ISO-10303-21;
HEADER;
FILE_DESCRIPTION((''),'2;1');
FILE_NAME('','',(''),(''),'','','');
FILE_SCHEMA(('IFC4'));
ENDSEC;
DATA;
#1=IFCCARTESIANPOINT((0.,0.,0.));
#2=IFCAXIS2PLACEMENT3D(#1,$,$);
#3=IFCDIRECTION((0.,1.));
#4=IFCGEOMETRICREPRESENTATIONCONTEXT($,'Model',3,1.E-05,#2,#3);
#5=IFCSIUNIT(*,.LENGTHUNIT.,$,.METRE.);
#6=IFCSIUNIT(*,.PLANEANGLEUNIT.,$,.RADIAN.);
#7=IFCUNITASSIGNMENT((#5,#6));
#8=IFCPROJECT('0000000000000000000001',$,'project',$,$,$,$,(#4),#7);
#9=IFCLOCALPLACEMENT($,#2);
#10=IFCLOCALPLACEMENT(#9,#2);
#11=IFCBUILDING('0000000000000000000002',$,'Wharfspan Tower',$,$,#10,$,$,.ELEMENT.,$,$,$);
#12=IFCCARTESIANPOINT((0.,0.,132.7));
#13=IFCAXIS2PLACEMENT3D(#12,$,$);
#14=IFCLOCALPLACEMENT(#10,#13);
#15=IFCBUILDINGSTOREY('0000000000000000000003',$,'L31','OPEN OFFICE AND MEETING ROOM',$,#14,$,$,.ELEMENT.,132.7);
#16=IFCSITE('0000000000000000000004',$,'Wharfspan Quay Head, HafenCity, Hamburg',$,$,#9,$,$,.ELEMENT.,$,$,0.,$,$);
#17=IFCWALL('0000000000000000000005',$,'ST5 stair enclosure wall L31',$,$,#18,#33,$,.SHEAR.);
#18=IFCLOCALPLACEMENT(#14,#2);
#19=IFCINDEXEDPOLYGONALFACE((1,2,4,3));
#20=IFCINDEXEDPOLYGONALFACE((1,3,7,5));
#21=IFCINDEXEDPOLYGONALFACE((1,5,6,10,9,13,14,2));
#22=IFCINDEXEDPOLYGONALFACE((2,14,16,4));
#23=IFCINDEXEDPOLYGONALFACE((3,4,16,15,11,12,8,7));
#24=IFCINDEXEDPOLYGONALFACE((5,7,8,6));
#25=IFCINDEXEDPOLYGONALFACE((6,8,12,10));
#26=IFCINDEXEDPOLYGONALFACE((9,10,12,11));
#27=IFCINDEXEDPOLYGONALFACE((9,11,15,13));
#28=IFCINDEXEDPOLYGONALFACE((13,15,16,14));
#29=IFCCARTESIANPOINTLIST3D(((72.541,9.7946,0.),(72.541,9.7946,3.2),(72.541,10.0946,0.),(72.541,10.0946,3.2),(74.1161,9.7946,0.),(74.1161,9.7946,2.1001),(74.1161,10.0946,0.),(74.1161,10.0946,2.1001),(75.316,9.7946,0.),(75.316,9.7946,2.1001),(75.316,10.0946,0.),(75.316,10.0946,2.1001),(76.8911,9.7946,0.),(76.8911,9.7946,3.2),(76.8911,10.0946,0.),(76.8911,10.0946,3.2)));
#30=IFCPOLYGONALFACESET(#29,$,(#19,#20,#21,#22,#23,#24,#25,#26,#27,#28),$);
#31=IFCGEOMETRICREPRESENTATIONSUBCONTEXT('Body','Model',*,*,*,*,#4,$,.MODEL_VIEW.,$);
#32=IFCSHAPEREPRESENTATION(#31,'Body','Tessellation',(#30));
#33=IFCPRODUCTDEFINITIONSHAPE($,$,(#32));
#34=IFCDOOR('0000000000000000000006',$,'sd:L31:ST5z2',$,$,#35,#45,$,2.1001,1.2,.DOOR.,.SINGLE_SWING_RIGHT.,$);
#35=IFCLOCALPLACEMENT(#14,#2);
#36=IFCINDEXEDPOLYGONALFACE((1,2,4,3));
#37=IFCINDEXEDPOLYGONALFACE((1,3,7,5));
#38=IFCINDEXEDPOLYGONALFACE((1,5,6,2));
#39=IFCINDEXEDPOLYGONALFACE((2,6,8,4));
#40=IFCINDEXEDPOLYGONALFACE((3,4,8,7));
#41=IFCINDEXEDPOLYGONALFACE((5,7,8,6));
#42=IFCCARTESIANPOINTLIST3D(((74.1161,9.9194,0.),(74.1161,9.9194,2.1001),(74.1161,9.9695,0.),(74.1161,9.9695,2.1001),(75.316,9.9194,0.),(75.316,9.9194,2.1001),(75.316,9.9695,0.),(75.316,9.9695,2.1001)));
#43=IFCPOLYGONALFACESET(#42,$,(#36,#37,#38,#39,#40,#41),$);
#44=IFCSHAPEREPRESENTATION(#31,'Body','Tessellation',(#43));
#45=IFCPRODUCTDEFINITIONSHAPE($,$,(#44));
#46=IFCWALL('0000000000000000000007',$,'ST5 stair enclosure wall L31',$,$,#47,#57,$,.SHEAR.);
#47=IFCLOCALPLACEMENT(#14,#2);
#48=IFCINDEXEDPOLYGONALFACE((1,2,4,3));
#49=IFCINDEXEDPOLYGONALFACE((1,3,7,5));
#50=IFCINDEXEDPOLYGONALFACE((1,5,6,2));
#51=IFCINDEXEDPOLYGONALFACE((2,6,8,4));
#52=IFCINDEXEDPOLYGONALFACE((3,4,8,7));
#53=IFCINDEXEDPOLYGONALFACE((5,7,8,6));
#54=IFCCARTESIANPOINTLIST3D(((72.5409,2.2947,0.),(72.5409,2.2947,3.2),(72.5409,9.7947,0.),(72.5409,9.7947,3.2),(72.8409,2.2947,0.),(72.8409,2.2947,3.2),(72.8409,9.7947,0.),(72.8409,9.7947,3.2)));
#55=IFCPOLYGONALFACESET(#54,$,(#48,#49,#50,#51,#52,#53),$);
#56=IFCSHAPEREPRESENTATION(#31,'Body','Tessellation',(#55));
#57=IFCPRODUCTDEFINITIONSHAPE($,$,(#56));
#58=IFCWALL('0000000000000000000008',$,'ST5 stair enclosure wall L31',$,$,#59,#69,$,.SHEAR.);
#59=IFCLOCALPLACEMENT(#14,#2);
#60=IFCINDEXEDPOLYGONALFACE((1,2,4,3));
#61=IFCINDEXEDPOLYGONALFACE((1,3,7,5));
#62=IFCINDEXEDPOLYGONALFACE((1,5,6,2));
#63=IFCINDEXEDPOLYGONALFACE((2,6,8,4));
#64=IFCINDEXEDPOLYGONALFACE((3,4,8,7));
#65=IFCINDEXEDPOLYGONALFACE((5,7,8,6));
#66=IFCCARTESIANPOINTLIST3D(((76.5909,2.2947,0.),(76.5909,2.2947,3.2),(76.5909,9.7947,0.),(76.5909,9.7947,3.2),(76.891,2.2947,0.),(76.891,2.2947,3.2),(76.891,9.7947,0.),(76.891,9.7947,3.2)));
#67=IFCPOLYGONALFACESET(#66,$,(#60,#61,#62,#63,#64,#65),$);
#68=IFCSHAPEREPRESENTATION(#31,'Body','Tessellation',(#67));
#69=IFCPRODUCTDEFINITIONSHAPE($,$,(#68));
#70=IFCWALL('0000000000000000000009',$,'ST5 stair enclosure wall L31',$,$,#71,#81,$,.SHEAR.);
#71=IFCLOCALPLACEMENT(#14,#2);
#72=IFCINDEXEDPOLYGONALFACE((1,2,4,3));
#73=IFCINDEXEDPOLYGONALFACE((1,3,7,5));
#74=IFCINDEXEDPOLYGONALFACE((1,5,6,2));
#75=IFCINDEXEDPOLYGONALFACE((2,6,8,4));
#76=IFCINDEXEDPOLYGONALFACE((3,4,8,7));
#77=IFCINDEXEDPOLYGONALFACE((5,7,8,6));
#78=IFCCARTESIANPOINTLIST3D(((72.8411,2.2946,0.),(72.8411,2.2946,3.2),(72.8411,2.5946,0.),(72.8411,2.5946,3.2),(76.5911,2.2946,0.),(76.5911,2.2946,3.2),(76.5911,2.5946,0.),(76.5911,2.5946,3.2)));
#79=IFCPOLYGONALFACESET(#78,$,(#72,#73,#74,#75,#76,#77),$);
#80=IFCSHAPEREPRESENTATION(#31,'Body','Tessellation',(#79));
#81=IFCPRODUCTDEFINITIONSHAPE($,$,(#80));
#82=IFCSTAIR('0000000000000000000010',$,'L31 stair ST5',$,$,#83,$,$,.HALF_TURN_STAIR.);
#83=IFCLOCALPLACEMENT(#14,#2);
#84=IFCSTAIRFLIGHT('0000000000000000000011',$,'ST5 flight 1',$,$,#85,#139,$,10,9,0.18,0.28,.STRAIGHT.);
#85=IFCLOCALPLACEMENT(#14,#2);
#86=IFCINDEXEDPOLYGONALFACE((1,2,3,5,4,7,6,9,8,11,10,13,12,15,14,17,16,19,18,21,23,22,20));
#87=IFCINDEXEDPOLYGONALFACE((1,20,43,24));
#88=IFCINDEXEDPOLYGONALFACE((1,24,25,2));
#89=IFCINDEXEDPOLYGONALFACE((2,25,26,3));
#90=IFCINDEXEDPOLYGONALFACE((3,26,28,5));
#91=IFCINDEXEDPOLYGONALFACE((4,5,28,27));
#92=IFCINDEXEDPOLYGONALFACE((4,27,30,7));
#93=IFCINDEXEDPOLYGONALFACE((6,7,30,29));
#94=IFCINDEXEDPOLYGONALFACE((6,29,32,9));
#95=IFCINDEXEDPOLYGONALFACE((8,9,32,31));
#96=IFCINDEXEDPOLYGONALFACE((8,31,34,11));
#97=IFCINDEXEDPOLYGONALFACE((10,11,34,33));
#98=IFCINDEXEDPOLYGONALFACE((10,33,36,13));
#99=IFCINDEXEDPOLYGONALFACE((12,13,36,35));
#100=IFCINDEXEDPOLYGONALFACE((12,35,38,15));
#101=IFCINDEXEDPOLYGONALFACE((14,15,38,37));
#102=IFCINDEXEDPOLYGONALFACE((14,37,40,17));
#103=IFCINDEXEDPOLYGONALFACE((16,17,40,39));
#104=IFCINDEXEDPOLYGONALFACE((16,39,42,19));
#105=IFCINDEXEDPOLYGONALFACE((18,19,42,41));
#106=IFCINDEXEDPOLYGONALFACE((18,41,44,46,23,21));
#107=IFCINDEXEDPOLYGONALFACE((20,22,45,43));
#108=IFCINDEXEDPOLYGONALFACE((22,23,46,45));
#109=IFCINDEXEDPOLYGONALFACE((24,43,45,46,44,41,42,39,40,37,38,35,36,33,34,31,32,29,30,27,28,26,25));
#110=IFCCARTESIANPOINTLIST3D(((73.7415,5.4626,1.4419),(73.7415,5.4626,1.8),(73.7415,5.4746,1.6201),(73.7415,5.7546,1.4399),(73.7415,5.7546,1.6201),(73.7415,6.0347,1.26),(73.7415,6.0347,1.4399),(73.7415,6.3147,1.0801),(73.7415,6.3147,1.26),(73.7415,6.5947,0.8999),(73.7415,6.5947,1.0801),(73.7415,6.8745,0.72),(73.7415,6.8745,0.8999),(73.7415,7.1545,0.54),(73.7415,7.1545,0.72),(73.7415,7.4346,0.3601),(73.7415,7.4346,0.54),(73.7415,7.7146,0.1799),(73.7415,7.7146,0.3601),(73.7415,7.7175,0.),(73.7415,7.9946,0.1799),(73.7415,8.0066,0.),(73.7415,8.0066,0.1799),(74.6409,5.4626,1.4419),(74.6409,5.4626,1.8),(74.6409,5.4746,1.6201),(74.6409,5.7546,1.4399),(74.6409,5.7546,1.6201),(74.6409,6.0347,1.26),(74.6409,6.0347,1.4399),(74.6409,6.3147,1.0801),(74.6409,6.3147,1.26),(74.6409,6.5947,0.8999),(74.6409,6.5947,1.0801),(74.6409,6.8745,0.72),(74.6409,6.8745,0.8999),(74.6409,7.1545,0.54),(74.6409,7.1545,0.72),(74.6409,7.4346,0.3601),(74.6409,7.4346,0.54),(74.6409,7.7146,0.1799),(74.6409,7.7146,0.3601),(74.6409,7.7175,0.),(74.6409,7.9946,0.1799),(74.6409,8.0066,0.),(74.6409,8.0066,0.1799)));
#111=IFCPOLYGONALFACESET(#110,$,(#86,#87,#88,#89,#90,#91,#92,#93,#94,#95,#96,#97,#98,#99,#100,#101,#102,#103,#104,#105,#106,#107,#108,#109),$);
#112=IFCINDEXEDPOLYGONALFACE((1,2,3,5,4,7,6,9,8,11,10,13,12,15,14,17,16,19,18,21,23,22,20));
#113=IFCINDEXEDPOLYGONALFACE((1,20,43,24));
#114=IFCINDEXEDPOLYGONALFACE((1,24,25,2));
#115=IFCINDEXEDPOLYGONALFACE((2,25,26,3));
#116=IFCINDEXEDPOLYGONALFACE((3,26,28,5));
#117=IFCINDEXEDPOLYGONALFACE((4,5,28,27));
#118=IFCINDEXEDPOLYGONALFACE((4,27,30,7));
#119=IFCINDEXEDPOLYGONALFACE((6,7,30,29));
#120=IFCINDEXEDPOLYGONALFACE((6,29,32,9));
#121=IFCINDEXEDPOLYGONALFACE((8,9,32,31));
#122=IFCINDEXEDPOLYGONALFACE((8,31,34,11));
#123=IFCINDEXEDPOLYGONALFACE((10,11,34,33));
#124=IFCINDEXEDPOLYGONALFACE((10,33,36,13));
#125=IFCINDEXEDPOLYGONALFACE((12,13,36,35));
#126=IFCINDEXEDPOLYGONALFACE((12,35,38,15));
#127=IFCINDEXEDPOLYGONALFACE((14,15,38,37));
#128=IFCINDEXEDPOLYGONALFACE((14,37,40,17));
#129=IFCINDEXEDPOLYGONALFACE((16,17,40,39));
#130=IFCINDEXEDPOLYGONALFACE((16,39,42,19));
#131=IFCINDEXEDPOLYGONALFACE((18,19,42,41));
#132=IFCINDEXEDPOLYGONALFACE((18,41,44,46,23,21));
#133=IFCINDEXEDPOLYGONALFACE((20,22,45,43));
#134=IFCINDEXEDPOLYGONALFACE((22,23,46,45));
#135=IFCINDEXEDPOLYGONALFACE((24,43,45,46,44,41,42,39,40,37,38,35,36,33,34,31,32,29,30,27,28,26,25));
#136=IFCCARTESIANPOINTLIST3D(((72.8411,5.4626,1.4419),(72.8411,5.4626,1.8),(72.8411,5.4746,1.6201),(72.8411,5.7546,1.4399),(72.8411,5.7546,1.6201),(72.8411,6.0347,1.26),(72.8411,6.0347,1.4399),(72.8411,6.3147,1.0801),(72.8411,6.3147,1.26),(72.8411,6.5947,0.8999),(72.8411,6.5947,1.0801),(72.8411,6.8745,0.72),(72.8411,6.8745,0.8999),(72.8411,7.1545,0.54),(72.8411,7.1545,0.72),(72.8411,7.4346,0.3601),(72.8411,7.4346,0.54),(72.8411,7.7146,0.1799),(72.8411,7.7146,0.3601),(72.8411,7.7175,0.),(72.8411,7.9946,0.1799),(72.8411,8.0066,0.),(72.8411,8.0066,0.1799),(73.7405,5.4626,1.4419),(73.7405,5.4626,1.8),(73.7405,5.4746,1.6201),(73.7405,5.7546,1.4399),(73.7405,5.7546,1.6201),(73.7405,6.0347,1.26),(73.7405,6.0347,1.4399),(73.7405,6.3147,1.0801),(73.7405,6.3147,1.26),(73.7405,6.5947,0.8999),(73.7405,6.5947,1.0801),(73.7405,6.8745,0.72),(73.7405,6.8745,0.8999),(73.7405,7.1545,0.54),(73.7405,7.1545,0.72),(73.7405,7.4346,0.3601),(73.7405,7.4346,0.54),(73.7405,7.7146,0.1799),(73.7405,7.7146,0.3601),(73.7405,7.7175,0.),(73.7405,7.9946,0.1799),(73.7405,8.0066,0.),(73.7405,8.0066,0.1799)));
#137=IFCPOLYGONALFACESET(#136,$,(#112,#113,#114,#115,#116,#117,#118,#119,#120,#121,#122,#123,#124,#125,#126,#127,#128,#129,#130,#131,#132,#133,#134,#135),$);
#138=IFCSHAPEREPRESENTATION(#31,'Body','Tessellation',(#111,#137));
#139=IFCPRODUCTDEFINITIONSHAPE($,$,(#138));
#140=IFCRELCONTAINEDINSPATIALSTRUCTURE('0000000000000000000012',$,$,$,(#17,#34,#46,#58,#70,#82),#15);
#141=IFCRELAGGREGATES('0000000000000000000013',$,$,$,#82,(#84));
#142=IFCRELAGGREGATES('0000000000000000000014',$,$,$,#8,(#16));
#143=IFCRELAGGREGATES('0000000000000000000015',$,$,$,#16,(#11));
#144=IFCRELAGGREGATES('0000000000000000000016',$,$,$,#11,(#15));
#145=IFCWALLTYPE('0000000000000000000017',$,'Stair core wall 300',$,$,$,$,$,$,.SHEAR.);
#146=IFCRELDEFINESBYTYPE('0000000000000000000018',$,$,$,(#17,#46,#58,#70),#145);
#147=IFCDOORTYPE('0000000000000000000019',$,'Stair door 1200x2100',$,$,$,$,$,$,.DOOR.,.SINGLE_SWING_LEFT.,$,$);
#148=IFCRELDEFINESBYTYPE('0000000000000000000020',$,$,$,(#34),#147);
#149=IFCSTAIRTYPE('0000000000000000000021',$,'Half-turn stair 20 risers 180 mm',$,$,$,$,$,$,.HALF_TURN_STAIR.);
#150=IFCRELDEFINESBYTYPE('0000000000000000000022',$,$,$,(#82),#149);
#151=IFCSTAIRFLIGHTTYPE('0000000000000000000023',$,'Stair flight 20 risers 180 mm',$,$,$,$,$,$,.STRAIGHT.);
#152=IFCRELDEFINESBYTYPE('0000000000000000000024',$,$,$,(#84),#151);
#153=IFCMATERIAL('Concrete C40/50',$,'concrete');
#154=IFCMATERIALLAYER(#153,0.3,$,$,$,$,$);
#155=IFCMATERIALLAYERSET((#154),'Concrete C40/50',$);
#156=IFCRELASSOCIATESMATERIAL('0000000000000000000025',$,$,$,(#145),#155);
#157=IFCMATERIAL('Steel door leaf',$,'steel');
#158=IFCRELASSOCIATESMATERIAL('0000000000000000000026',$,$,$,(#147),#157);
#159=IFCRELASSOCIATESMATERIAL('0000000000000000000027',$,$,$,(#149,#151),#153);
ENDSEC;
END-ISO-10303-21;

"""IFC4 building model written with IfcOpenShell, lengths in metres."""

from ifc_helpers import new_model, si_unit, direction, frame, frame_2d, origin, place, context, subcontext, project, spatial, polyline, rectangle, outline, extrude, material, layer, layer_set, type_object, element, fill, aggregate, save


model = new_model("IFC4")

# Units and contexts
model_context = context("Model", 3, precision=1e-05, world=origin(), true_north=direction((0.0, 1.0)))
body_context = subcontext(model_context, "Body", "Model", "MODEL_VIEW")
ifc_project = project(units=[si_unit("LENGTHUNIT", "METRE"), si_unit("PLANEANGLEUNIT", "RADIAN")], contexts=[model_context])

# Site, building, storey
site_placement = place(None, origin())
site = spatial("IfcSite", under=ifc_project, at=site_placement, Name="Wharfspan Quay Head, HafenCity, Hamburg", CompositionType="ELEMENT", RefElevation=0.0)
building_placement = place(site_placement, origin())
building = spatial("IfcBuilding", under=site, at=building_placement, Name="Wharfspan Tower", CompositionType="ELEMENT")
storey_placement = place(building_placement, frame((0.0, 0.0, 132.7)))
storey = spatial("IfcBuildingStorey", under=building, at=storey_placement, Name="L31", Description="OPEN OFFICE AND MEETING ROOM", CompositionType="ELEMENT", Elevation=132.7)

# Wall, opening, door
ifc_material_1 = material(Name="Concrete C40/50", Category="concrete")
ifc_layer_1 = layer(ifc_material_1, 0.3)
ifc_layer_set_1 = layer_set([ifc_layer_1], Name="Concrete C40/50")
wall_type_1 = type_object("IfcWallType", Name="Stair core wall 300", PredefinedType="SHEAR", material=ifc_layer_set_1)
wall_1_placement = place(storey_placement, frame((72.541, 9.9446, 0.0), z_axis=(0.0, 0.0, 1.0), x_axis=(1.0, 0.0, 0.0)))
wall_1 = element("IfcWall", 1, at=wall_1_placement, inside=storey, type_object=wall_type_1, Name="ST5 stair enclosure wall L31", PredefinedType="SHEAR", context=body_context, shape_type="SweptSolid", body=[
    extrude(rectangle(XDim=4.3501, YDim=0.3, at=frame_2d((2.175, 0.0))), origin(), (0.0, 0.0, 1.0), 3.2),
])
opening_1_placement = place(wall_1_placement, frame((1.575, 0.0, 0.0)))
opening_1 = element("IfcOpeningElement", 2, at=opening_1_placement, cuts=wall_1, PredefinedType="OPENING", context=body_context, shape_type="SweptSolid", body=[
    extrude(rectangle(XDim=1.2, YDim=2.1001, at=frame_2d((0.6001, 1.05))), frame((0.0, 0.1599, 0.0), z_axis=(0.0, -1.0, 0.0), x_axis=(1.0, 0.0, 0.0)), (0.0, 0.0, 1.0), 0.3201),
])
ifc_material_2 = material(Name="Steel door leaf", Category="steel")
door_type_1 = type_object("IfcDoorType", Name="Stair door 1200x2100", OperationType="SINGLE_SWING_LEFT", PredefinedType="DOOR", material=ifc_material_2)
door_1_placement = place(opening_1_placement, origin())
door_1 = element("IfcDoor", 3, at=door_1_placement, inside=storey, type_object=door_type_1, Name="sd:L31:ST5z2", OperationType="SINGLE_SWING_RIGHT", OverallHeight=2.1001, OverallWidth=1.2, PredefinedType="DOOR", context=body_context, shape_type="SweptSolid", body=[
    extrude(rectangle(XDim=1.2, YDim=2.1001, at=frame_2d((0.6001, 1.05))), frame((0.0, 0.0249, 0.0), z_axis=(0.0, -1.0, 0.0), x_axis=(1.0, 0.0, 0.0)), (0.0, 0.0, 1.0), 0.05),
])
fill(opening_1, door_1)

# Walls
for number, where, z_axis, x_axis, name in (
    (4, (72.6909, 2.2947, 0.0), (0.0, 0.0, 1.0), (0.0, 1.0, 0.0), "ST5 stair enclosure wall L31"),
    (5, (76.741, 2.2947, 0.0), (0.0, 0.0, 1.0), (0.0, 1.0, 0.0), "ST5 stair enclosure wall L31"),
):
    element("IfcWall", number, at=place(storey_placement, frame(where, z_axis=z_axis, x_axis=x_axis)), inside=storey, type_object=wall_type_1, Name=name, PredefinedType="SHEAR", context=body_context, shape_type="SweptSolid", body=[
        extrude(rectangle(XDim=7.5, YDim=0.3, at=frame_2d((3.75, 0.0))), origin(), (0.0, 0.0, 1.0), 3.2),
    ])
wall_2_placement = place(storey_placement, frame((72.8411, 2.4446, 0.0), z_axis=(0.0, 0.0, 1.0), x_axis=(1.0, 0.0, 0.0)))
element("IfcWall", 6, at=wall_2_placement, inside=storey, type_object=wall_type_1, Name="ST5 stair enclosure wall L31", PredefinedType="SHEAR", context=body_context, shape_type="SweptSolid", body=[
    extrude(rectangle(XDim=3.75, YDim=0.3, at=frame_2d((1.875, 0.0))), origin(), (0.0, 0.0, 1.0), 3.2),
])

# Stair, stair flight
stair_type = type_object("IfcStairType", Name="Half-turn stair 20 risers 180 mm", PredefinedType="HALF_TURN_STAIR", material=ifc_material_1)
stair_placement = place(storey_placement, origin())
stair = element("IfcStair", 7, at=stair_placement, inside=storey, type_object=stair_type, Name="L31 stair ST5", PredefinedType="HALF_TURN_STAIR")
stair_flight_type = type_object("IfcStairFlightType", Name="Stair flight 20 risers 180 mm", PredefinedType="STRAIGHT", material=ifc_material_1)
stair_flight_1_placement = place(storey_placement, frame((73.741, 7.9946, 0.0), z_axis=(0.0, 0.0, 1.0), x_axis=(0.0, -1.0, 0.0)))
stair_flight_1 = element("IfcStairFlight", 8, at=stair_flight_1_placement, type_object=stair_flight_type, Name="ST5 flight 1", NumberOfRisers=10, NumberOfTreads=9, PredefinedType="STRAIGHT", RiserHeight=0.18, TreadLength=0.28, context=body_context, shape_type="SweptSolid", body=[
    extrude(outline(polyline([(-0.012, 0.0), (-0.012, 0.1799), (0.0, 0.1799), (0.28, 0.1799), (0.28, 0.3601), (0.5601, 0.3601), (0.5601, 0.54), (0.8401, 0.54), (0.8401, 0.72), (1.1201, 0.72), (1.1201, 0.8999), (1.3999, 0.8999), (1.3999, 1.0801), (1.6799, 1.0801), (1.6799, 1.26), (1.96, 1.26), (1.96, 1.4399), (2.24, 1.4399), (2.24, 1.6201), (2.52, 1.6201), (2.532, 1.8), (2.532, 1.4419), (0.2771, 0.0), (-0.012, 0.0)])), frame((0.0, 0.8999, 0.0), z_axis=(0.0, -1.0, 0.0), x_axis=(1.0, 0.0, 0.0)), (0.0, 0.0, 1.0), 0.8994),
    extrude(outline(polyline([(-0.012, 0.0), (-0.012, 0.1799), (0.0, 0.1799), (0.28, 0.1799), (0.28, 0.3601), (0.5601, 0.3601), (0.5601, 0.54), (0.8401, 0.54), (0.8401, 0.72), (1.1201, 0.72), (1.1201, 0.8999), (1.3999, 0.8999), (1.3999, 1.0801), (1.6799, 1.0801), (1.6799, 1.26), (1.96, 1.26), (1.96, 1.4399), (2.24, 1.4399), (2.24, 1.6201), (2.52, 1.6201), (2.532, 1.8), (2.532, 1.4419), (0.2771, 0.0), (-0.012, 0.0)])), frame((0.0, -0.0005, 0.0), z_axis=(0.0, -1.0, 0.0), x_axis=(1.0, 0.0, 0.0)), (0.0, 0.0, 1.0), 0.8994),
])
aggregate(stair, [stair_flight_1])

save(model, "model.ifc")
